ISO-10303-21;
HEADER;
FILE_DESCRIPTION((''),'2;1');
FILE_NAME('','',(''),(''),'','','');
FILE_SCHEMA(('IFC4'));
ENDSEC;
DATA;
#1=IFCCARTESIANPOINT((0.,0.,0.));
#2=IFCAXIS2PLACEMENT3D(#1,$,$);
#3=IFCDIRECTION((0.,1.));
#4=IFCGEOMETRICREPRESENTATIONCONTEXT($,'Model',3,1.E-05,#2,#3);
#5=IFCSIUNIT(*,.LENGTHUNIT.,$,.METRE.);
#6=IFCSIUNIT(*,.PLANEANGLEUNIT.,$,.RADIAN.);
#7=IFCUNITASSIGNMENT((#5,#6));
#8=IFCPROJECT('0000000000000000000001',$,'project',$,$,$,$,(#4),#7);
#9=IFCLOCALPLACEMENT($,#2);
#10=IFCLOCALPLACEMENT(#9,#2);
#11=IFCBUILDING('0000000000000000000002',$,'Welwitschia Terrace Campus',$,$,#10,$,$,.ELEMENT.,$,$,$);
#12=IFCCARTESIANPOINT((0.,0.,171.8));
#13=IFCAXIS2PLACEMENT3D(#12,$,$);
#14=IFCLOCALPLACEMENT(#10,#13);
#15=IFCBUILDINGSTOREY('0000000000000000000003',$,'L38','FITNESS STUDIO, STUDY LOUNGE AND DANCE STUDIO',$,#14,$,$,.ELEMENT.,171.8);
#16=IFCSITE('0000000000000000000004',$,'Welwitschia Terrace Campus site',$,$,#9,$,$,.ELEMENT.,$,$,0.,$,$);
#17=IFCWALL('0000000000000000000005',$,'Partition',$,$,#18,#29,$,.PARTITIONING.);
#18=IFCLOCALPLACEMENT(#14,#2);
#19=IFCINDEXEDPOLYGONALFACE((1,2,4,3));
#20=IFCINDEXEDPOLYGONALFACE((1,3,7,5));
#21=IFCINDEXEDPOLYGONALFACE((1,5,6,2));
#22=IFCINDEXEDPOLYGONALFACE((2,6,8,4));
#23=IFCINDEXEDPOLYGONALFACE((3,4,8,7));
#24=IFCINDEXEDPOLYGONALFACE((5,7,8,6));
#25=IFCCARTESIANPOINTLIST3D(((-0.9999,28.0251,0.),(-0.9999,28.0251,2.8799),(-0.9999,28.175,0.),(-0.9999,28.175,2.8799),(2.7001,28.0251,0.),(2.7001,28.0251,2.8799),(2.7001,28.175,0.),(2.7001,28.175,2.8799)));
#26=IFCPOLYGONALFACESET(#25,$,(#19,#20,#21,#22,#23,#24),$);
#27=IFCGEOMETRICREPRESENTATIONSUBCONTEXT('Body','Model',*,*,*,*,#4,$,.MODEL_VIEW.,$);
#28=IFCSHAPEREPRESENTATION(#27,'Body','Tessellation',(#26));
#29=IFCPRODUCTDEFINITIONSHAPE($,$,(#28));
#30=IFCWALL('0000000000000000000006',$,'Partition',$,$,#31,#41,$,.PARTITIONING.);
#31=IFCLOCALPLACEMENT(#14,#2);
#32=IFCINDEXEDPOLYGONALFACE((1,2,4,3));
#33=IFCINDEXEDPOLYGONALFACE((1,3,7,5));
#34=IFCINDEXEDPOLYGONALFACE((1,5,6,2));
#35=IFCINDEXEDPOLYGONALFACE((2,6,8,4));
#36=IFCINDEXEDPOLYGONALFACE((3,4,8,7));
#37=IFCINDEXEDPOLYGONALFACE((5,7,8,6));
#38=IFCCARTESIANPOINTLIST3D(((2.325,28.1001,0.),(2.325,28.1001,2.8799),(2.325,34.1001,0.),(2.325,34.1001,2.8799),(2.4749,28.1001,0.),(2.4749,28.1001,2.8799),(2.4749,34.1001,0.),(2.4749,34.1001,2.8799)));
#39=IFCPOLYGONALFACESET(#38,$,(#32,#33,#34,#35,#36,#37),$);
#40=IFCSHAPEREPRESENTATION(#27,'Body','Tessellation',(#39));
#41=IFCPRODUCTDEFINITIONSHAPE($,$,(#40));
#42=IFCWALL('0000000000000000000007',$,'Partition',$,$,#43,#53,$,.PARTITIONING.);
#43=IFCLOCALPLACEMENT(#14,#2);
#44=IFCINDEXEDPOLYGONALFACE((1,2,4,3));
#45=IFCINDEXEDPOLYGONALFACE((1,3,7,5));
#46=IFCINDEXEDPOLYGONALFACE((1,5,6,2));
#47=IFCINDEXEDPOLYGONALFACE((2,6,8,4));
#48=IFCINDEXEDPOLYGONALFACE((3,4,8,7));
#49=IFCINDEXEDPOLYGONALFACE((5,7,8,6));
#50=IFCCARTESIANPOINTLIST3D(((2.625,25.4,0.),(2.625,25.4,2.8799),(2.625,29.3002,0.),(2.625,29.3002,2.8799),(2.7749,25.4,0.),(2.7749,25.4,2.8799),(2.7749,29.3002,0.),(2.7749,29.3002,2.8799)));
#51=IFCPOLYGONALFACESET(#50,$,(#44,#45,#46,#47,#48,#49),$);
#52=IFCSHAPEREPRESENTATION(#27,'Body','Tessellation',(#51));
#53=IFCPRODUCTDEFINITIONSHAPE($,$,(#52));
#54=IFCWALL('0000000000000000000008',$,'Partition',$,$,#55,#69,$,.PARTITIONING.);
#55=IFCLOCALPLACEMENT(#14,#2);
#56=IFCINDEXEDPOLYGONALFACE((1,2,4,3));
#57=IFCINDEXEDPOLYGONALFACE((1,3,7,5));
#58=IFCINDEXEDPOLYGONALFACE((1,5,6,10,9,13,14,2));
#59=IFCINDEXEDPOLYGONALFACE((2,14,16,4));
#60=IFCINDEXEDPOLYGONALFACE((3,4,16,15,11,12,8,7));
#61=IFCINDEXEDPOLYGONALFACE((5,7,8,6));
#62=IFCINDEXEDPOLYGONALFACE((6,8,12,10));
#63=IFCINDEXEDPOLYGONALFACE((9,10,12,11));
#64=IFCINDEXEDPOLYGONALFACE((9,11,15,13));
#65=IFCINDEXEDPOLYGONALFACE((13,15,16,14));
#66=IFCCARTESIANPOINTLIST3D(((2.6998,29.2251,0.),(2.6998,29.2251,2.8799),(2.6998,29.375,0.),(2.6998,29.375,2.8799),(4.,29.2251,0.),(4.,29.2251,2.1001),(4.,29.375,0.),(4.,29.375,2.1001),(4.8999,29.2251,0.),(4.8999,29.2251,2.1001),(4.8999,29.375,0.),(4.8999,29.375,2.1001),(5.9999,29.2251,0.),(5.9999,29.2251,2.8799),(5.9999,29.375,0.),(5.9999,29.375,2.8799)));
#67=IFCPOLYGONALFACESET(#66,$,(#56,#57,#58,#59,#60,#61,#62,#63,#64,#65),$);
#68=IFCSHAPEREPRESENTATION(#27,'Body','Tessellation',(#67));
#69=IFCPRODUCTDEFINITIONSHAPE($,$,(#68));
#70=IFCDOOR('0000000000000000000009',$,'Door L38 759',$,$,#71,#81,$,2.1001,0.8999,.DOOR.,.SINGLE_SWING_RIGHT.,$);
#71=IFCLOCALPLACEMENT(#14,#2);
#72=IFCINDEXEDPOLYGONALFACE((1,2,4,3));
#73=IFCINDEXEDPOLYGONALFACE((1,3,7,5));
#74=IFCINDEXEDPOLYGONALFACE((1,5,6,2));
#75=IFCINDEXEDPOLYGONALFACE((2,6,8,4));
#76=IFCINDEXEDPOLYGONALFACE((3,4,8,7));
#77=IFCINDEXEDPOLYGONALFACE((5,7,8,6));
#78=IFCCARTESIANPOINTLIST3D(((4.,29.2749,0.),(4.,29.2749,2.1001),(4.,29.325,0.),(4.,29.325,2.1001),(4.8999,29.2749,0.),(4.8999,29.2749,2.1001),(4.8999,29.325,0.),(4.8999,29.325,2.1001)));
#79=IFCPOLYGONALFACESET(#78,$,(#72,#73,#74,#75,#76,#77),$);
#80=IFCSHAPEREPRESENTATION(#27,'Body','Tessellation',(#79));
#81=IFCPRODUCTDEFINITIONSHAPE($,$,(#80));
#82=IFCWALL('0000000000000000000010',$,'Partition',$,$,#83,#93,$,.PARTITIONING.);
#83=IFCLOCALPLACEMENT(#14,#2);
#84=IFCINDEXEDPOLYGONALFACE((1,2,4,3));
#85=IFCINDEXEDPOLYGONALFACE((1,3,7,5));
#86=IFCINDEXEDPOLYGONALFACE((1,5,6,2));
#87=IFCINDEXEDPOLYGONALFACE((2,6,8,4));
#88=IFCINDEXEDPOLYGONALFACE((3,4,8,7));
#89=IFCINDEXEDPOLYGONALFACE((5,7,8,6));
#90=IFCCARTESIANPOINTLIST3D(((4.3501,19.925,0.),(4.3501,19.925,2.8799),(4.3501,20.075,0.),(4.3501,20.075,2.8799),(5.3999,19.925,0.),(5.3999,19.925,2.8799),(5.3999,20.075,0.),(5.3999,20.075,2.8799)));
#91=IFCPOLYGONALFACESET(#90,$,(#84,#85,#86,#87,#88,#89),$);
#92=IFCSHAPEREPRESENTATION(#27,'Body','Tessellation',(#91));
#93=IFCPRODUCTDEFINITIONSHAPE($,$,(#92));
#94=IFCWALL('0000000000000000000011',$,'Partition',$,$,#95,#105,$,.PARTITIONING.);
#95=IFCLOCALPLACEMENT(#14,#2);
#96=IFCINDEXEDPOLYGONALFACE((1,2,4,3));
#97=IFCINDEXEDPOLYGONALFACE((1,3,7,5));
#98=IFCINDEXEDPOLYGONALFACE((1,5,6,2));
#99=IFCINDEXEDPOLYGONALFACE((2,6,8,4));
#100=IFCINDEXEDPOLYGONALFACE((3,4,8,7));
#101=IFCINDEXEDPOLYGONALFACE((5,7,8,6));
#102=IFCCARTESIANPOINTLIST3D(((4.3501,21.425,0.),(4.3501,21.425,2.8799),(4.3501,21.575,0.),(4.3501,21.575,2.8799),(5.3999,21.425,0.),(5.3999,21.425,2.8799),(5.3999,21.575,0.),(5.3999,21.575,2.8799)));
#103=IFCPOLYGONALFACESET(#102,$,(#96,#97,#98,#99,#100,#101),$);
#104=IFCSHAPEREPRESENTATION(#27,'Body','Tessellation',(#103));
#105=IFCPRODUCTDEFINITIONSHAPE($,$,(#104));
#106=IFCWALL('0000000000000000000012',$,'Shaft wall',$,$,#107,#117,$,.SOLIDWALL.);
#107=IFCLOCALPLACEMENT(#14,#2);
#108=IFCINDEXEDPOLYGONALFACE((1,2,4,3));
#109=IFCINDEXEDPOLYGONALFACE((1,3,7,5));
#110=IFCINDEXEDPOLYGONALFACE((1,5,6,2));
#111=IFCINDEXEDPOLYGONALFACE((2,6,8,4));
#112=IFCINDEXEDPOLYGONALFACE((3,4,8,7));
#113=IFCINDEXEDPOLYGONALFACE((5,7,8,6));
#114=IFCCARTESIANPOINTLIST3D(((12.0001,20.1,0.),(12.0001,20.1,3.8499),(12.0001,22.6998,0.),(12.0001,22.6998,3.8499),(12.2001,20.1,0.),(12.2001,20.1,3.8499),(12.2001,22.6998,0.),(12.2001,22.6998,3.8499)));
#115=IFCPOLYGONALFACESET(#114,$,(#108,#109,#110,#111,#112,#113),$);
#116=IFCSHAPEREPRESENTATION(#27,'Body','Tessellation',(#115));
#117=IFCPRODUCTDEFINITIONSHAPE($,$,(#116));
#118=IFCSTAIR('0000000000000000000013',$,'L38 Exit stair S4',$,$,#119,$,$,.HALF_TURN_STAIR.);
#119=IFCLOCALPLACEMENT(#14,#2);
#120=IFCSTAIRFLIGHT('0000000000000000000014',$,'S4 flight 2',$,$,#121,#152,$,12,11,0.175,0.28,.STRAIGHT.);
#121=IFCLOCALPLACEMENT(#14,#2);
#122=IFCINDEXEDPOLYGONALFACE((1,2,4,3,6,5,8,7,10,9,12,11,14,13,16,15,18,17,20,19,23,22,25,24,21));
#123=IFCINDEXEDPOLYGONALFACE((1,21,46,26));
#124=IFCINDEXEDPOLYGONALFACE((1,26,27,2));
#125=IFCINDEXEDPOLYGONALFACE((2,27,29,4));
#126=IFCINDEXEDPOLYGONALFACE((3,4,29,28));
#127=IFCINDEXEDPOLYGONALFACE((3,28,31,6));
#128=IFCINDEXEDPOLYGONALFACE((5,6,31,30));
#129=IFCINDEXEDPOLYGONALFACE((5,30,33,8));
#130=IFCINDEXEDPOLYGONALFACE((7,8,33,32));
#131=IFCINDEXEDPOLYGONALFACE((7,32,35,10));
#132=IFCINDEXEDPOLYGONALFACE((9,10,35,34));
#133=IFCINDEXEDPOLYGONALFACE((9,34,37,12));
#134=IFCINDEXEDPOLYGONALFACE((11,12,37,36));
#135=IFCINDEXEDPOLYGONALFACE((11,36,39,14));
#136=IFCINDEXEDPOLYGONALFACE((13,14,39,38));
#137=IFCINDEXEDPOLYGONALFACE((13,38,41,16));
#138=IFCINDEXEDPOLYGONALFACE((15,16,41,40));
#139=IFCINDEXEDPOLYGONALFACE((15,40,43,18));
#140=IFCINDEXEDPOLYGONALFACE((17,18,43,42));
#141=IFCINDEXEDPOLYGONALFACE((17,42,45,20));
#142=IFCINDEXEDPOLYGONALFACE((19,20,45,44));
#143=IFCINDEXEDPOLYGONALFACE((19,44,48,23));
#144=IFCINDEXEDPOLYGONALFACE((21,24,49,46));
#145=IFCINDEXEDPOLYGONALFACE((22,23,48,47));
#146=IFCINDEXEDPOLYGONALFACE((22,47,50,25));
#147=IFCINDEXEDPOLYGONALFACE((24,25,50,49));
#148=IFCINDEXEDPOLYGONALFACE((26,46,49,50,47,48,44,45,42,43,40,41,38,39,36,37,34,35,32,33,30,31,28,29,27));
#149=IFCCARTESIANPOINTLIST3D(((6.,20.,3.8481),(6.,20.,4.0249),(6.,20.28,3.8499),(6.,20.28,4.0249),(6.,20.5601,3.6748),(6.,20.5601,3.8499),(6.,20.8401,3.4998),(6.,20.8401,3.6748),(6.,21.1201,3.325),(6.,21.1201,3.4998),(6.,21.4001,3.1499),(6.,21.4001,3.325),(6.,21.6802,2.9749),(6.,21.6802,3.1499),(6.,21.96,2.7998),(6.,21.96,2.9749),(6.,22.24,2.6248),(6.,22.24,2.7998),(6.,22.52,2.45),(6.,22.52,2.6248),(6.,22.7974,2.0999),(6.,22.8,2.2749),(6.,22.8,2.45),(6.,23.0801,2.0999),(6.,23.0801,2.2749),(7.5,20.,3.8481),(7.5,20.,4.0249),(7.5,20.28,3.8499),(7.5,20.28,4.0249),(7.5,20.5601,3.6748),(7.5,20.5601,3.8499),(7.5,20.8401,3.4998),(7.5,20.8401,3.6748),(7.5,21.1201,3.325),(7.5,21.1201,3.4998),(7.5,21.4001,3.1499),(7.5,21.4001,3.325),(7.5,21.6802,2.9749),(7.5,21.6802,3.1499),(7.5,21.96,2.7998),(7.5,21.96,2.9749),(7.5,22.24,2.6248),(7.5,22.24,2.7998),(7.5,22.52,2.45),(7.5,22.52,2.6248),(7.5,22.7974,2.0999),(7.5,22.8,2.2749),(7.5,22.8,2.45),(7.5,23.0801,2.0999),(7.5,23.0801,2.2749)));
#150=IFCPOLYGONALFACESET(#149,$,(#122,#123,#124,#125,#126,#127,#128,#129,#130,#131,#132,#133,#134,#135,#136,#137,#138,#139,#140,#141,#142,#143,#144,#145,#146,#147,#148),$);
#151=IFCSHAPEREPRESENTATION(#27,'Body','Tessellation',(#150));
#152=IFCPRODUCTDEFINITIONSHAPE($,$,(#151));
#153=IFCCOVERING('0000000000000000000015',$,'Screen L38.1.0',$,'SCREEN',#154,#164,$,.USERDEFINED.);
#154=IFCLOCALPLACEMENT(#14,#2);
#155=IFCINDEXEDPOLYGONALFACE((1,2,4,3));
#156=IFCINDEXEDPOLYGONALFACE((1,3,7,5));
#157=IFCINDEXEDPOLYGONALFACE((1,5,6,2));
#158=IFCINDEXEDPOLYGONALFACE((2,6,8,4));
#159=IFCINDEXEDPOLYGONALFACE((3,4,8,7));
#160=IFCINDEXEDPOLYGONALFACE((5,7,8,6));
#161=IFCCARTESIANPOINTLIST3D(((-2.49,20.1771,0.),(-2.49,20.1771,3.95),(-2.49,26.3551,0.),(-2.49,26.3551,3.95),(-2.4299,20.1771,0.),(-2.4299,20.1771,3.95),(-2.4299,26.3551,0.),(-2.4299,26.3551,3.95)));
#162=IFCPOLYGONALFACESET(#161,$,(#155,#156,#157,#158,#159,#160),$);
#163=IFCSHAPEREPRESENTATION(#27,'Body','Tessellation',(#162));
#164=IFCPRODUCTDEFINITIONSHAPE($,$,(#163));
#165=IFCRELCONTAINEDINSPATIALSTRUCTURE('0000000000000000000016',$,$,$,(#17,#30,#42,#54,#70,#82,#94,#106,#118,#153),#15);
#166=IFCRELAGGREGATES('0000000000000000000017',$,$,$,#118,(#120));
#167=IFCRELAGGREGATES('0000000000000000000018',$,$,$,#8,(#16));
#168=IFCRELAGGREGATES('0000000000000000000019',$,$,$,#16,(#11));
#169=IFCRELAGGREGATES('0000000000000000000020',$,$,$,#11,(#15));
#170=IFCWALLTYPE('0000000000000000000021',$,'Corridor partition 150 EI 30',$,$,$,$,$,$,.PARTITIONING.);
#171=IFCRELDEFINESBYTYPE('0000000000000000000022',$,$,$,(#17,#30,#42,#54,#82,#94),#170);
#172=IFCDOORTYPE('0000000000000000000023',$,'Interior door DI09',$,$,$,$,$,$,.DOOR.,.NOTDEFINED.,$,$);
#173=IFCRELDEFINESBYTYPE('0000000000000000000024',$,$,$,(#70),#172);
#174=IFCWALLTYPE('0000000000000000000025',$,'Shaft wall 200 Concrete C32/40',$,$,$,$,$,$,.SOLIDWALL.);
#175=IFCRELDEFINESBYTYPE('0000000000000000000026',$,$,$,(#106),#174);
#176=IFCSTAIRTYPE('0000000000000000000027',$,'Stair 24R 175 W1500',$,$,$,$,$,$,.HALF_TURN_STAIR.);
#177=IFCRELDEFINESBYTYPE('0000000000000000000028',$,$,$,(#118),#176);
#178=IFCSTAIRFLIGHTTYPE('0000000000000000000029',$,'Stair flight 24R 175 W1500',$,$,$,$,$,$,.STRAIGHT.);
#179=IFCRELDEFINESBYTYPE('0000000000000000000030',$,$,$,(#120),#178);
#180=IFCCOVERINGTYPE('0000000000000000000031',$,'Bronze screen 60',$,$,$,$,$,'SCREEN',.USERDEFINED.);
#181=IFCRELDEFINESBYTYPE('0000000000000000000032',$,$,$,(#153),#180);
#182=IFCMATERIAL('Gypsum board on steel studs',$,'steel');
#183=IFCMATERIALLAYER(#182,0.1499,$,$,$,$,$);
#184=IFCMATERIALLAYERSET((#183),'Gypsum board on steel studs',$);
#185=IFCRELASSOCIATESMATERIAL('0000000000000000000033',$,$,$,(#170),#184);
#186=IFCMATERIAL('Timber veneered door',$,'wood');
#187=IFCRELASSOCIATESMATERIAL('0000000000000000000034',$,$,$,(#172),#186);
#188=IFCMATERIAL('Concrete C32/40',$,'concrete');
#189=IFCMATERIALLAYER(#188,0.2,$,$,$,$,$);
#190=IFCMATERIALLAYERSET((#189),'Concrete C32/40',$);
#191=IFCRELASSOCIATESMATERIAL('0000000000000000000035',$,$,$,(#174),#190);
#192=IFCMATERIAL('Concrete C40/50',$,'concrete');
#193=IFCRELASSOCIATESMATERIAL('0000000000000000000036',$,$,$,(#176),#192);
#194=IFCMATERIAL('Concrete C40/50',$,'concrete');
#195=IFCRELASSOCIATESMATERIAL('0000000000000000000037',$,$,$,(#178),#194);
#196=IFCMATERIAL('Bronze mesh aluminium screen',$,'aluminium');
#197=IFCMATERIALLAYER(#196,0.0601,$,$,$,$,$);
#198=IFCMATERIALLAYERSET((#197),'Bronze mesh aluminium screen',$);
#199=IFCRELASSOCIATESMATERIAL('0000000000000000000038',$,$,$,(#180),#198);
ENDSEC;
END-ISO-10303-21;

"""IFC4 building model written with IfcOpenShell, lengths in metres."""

from ifc_helpers import new_model, si_unit, direction, frame, frame_2d, origin, origin_2d, place, context, subcontext, project, spatial, polyline, rectangle, outline, extrude, material, layer, layer_set, type_object, element, fill, aggregate, save


model = new_model("IFC4")

# Units and contexts
model_context = context("Model", 3, precision=1e-05, world=origin(), true_north=direction((0.0, 1.0)))
body_context = subcontext(model_context, "Body", "Model", "MODEL_VIEW")
ifc_project = project(units=[si_unit("LENGTHUNIT", "METRE"), si_unit("PLANEANGLEUNIT", "RADIAN")], contexts=[model_context])

# Site, building, storey
site_placement = place(None, origin())
site = spatial("IfcSite", under=ifc_project, at=site_placement, Name="Welwitschia Terrace Campus site", CompositionType="ELEMENT", RefElevation=0.0)
building_placement = place(site_placement, origin())
building = spatial("IfcBuilding", under=site, at=building_placement, Name="Welwitschia Terrace Campus", CompositionType="ELEMENT")
storey_placement = place(building_placement, frame((0.0, 0.0, 171.8)))
storey = spatial("IfcBuildingStorey", under=building, at=storey_placement, Name="L38", Description="FITNESS STUDIO, STUDY LOUNGE AND DANCE STUDIO", CompositionType="ELEMENT", Elevation=171.8)

# Walls
ifc_material_1 = material(Name="Gypsum board on steel studs", Category="steel")
ifc_layer_1 = layer(ifc_material_1, 0.1499)
ifc_layer_set_1 = layer_set([ifc_layer_1], Name="Gypsum board on steel studs")
wall_type_1 = type_object("IfcWallType", Name="Corridor partition 150 EI 30", PredefinedType="PARTITIONING", material=ifc_layer_set_1)
wall_1_placement = place(storey_placement, frame((-1.0, 28.1001, 0.0), z_axis=(0.0, 0.0, 1.0), x_axis=(1.0, 0.0, 0.0)))
element("IfcWall", 1, at=wall_1_placement, inside=storey, type_object=wall_type_1, Name="Partition", PredefinedType="PARTITIONING", context=body_context, shape_type="SweptSolid", body=[
    extrude(rectangle(XDim=3.7, YDim=0.1499, at=frame_2d((1.8501, 0.0))), origin(), (0.0, 0.0, 1.0), 2.8799),
])
wall_2_placement = place(storey_placement, frame((2.3999, 28.1001, 0.0), z_axis=(0.0, 0.0, 1.0), x_axis=(0.0, 1.0, 0.0)))
element("IfcWall", 2, at=wall_2_placement, inside=storey, type_object=wall_type_1, Name="Partition", PredefinedType="PARTITIONING", context=body_context, shape_type="SweptSolid", body=[
    extrude(rectangle(XDim=6.0, YDim=0.1499, at=frame_2d((3.0, 0.0))), origin(), (0.0, 0.0, 1.0), 2.8799),
])
wall_3_placement = place(storey_placement, frame((2.7, 25.3999, 0.0), z_axis=(0.0, 0.0, 1.0), x_axis=(0.0, 1.0, 0.0)))
element("IfcWall", 3, at=wall_3_placement, inside=storey, type_object=wall_type_1, Name="Partition", PredefinedType="PARTITIONING", context=body_context, shape_type="SweptSolid", body=[
    extrude(rectangle(XDim=3.9001, YDim=0.1499, at=frame_2d((1.9502, 0.0))), origin(), (0.0, 0.0, 1.0), 2.8799),
])

# Wall, opening, door
wall_4_placement = place(storey_placement, frame((2.7, 29.3, 0.0), z_axis=(0.0, 0.0, 1.0), x_axis=(1.0, 0.0, 0.0)))
wall_4 = element("IfcWall", 4, at=wall_4_placement, inside=storey, type_object=wall_type_1, Name="Partition", PredefinedType="PARTITIONING", context=body_context, shape_type="SweptSolid", body=[
    extrude(rectangle(XDim=3.3, YDim=0.1499, at=frame_2d((1.6499, 0.0))), origin(), (0.0, 0.0, 1.0), 2.8799),
])
opening_placement = place(wall_4_placement, frame((1.3, 0.0, 0.0)))
opening = element("IfcOpeningElement", 5, at=opening_placement, cuts=wall_4, PredefinedType="OPENING", context=body_context, shape_type="SweptSolid", body=[
    extrude(rectangle(XDim=0.8999, YDim=2.1001, at=frame_2d((0.45, 1.05))), frame((0.0, 0.085, 0.0), z_axis=(0.0, -1.0, 0.0), x_axis=(1.0, 0.0, 0.0)), (0.0, 0.0, 1.0), 0.1699),
])
ifc_material_2 = material(Name="Timber veneered door", Category="wood")
door_type = type_object("IfcDoorType", Name="Interior door DI09", OperationType="NOTDEFINED", PredefinedType="DOOR", material=ifc_material_2)
door_placement = place(opening_placement, origin())
door = element("IfcDoor", 6, at=door_placement, inside=storey, type_object=door_type, Name="Door L38 759", OperationType="SINGLE_SWING_RIGHT", OverallHeight=2.1001, OverallWidth=0.8999, PredefinedType="DOOR", context=body_context, shape_type="SweptSolid", body=[
    extrude(rectangle(XDim=0.8999, YDim=2.1001, at=frame_2d((0.45, 1.05))), frame((0.0, 0.0249, 0.0), z_axis=(0.0, -1.0, 0.0), x_axis=(1.0, 0.0, 0.0)), (0.0, 0.0, 1.0), 0.05),
])
fill(opening, door)

# Walls
for number, where, z_axis, x_axis, name in (
    (7, (4.3501, 20.0, 0.0), (0.0, 0.0, 1.0), (1.0, 0.0, 0.0), "Partition"),
    (8, (4.3501, 21.5, 0.0), (0.0, 0.0, 1.0), (1.0, 0.0, 0.0), "Partition"),
):
    element("IfcWall", number, at=place(storey_placement, frame(where, z_axis=z_axis, x_axis=x_axis)), inside=storey, type_object=wall_type_1, Name=name, PredefinedType="PARTITIONING", context=body_context, shape_type="SweptSolid", body=[
        extrude(rectangle(XDim=1.0498, YDim=0.1499, at=frame_2d((0.5249, 0.0))), origin(), (0.0, 0.0, 1.0), 2.8799),
    ])
ifc_material_3 = material(Name="Concrete C32/40", Category="concrete")
ifc_layer_2 = layer(ifc_material_3, 0.2)
ifc_layer_set_2 = layer_set([ifc_layer_2], Name="Concrete C32/40")
wall_type_2 = type_object("IfcWallType", Name="Shaft wall 200 Concrete C32/40", PredefinedType="SOLIDWALL", material=ifc_layer_set_2)
wall_5_placement = place(storey_placement, frame((12.1001, 20.1001, 0.0), z_axis=(0.0, 0.0, 1.0), x_axis=(0.0, 1.0, 0.0)))
element("IfcWall", 9, at=wall_5_placement, inside=storey, type_object=wall_type_2, Name="Shaft wall", PredefinedType="SOLIDWALL", context=body_context, shape_type="SweptSolid", body=[
    extrude(rectangle(XDim=2.5999, YDim=0.2, at=frame_2d((1.2998, 0.0))), origin(), (0.0, 0.0, 1.0), 3.8499),
])

# Stair, stair flight
ifc_material_4 = material(Name="Concrete C40/50", Category="concrete")
stair_type = type_object("IfcStairType", Name="Stair 24R 175 W1500", PredefinedType="HALF_TURN_STAIR", material=ifc_material_4)
stair_placement = place(storey_placement, origin())
stair = element("IfcStair", 10, at=stair_placement, inside=storey, type_object=stair_type, Name="L38 Exit stair S4", PredefinedType="HALF_TURN_STAIR")
ifc_material_5 = material(Name="Concrete C40/50", Category="concrete")
stair_flight_type = type_object("IfcStairFlightType", Name="Stair flight 24R 175 W1500", PredefinedType="STRAIGHT", material=ifc_material_5)
stair_flight_placement = place(storey_placement, frame((6.75, 23.0801, 2.0999), z_axis=(0.0, 0.0, 1.0), x_axis=(0.0, -1.0, 0.0)))
stair_flight = element("IfcStairFlight", 11, at=stair_flight_placement, type_object=stair_flight_type, Name="S4 flight 2", NumberOfRisers=12, NumberOfTreads=11, PredefinedType="STRAIGHT", RiserHeight=0.175, TreadLength=0.28, context=body_context, shape_type="SweptSolid", body=[
    extrude(outline(polyline([(0.0, 0.0), (0.0, 0.175), (0.28, 0.175), (0.28, 0.3501), (0.5601, 0.3501), (0.5601, 0.5249), (0.8401, 0.5249), (0.8401, 0.7), (1.1201, 0.7), (1.1201, 0.875), (1.3999, 0.875), (1.3999, 1.05), (1.6799, 1.05), (1.6799, 1.2251), (1.96, 1.2251), (1.96, 1.3999), (2.24, 1.3999), (2.24, 1.575), (2.52, 1.575), (2.52, 1.75), (2.8, 1.75), (2.8, 1.925), (3.0801, 1.925), (3.0801, 2.1001), (3.0801, 1.7483), (0.2827, 0.0), (0.0, 0.0)])), frame((0.0, 0.75, 0.0), z_axis=(0.0, -1.0, 0.0), x_axis=(1.0, 0.0, 0.0)), (0.0, 0.0, 1.0), 1.5),
])
aggregate(stair, [stair_flight])

# Covering
ifc_material_6 = material(Name="Bronze mesh aluminium screen", Category="aluminium")
ifc_layer_3 = layer(ifc_material_6, 0.0601)
ifc_layer_set_3 = layer_set([ifc_layer_3], Name="Bronze mesh aluminium screen")
covering_type = type_object("IfcCoveringType", Name="Bronze screen 60", ElementType="SCREEN", PredefinedType="USERDEFINED", material=ifc_layer_set_3)
covering_placement = place(storey_placement, frame((-2.46, 23.2661, 0.0), z_axis=(0.0, 0.0, 1.0), x_axis=(0.0, -1.0, 0.0)))
element("IfcCovering", 12, at=covering_placement, inside=storey, type_object=covering_type, Name="Screen L38.1.0", ObjectType="SCREEN", PredefinedType="USERDEFINED", context=body_context, shape_type="SweptSolid", body=[
    extrude(rectangle(XDim=6.178, YDim=0.0601, at=origin_2d()), origin(), (0.0, 0.0, 1.0), 3.95),
])

save(model, "model.ifc")
